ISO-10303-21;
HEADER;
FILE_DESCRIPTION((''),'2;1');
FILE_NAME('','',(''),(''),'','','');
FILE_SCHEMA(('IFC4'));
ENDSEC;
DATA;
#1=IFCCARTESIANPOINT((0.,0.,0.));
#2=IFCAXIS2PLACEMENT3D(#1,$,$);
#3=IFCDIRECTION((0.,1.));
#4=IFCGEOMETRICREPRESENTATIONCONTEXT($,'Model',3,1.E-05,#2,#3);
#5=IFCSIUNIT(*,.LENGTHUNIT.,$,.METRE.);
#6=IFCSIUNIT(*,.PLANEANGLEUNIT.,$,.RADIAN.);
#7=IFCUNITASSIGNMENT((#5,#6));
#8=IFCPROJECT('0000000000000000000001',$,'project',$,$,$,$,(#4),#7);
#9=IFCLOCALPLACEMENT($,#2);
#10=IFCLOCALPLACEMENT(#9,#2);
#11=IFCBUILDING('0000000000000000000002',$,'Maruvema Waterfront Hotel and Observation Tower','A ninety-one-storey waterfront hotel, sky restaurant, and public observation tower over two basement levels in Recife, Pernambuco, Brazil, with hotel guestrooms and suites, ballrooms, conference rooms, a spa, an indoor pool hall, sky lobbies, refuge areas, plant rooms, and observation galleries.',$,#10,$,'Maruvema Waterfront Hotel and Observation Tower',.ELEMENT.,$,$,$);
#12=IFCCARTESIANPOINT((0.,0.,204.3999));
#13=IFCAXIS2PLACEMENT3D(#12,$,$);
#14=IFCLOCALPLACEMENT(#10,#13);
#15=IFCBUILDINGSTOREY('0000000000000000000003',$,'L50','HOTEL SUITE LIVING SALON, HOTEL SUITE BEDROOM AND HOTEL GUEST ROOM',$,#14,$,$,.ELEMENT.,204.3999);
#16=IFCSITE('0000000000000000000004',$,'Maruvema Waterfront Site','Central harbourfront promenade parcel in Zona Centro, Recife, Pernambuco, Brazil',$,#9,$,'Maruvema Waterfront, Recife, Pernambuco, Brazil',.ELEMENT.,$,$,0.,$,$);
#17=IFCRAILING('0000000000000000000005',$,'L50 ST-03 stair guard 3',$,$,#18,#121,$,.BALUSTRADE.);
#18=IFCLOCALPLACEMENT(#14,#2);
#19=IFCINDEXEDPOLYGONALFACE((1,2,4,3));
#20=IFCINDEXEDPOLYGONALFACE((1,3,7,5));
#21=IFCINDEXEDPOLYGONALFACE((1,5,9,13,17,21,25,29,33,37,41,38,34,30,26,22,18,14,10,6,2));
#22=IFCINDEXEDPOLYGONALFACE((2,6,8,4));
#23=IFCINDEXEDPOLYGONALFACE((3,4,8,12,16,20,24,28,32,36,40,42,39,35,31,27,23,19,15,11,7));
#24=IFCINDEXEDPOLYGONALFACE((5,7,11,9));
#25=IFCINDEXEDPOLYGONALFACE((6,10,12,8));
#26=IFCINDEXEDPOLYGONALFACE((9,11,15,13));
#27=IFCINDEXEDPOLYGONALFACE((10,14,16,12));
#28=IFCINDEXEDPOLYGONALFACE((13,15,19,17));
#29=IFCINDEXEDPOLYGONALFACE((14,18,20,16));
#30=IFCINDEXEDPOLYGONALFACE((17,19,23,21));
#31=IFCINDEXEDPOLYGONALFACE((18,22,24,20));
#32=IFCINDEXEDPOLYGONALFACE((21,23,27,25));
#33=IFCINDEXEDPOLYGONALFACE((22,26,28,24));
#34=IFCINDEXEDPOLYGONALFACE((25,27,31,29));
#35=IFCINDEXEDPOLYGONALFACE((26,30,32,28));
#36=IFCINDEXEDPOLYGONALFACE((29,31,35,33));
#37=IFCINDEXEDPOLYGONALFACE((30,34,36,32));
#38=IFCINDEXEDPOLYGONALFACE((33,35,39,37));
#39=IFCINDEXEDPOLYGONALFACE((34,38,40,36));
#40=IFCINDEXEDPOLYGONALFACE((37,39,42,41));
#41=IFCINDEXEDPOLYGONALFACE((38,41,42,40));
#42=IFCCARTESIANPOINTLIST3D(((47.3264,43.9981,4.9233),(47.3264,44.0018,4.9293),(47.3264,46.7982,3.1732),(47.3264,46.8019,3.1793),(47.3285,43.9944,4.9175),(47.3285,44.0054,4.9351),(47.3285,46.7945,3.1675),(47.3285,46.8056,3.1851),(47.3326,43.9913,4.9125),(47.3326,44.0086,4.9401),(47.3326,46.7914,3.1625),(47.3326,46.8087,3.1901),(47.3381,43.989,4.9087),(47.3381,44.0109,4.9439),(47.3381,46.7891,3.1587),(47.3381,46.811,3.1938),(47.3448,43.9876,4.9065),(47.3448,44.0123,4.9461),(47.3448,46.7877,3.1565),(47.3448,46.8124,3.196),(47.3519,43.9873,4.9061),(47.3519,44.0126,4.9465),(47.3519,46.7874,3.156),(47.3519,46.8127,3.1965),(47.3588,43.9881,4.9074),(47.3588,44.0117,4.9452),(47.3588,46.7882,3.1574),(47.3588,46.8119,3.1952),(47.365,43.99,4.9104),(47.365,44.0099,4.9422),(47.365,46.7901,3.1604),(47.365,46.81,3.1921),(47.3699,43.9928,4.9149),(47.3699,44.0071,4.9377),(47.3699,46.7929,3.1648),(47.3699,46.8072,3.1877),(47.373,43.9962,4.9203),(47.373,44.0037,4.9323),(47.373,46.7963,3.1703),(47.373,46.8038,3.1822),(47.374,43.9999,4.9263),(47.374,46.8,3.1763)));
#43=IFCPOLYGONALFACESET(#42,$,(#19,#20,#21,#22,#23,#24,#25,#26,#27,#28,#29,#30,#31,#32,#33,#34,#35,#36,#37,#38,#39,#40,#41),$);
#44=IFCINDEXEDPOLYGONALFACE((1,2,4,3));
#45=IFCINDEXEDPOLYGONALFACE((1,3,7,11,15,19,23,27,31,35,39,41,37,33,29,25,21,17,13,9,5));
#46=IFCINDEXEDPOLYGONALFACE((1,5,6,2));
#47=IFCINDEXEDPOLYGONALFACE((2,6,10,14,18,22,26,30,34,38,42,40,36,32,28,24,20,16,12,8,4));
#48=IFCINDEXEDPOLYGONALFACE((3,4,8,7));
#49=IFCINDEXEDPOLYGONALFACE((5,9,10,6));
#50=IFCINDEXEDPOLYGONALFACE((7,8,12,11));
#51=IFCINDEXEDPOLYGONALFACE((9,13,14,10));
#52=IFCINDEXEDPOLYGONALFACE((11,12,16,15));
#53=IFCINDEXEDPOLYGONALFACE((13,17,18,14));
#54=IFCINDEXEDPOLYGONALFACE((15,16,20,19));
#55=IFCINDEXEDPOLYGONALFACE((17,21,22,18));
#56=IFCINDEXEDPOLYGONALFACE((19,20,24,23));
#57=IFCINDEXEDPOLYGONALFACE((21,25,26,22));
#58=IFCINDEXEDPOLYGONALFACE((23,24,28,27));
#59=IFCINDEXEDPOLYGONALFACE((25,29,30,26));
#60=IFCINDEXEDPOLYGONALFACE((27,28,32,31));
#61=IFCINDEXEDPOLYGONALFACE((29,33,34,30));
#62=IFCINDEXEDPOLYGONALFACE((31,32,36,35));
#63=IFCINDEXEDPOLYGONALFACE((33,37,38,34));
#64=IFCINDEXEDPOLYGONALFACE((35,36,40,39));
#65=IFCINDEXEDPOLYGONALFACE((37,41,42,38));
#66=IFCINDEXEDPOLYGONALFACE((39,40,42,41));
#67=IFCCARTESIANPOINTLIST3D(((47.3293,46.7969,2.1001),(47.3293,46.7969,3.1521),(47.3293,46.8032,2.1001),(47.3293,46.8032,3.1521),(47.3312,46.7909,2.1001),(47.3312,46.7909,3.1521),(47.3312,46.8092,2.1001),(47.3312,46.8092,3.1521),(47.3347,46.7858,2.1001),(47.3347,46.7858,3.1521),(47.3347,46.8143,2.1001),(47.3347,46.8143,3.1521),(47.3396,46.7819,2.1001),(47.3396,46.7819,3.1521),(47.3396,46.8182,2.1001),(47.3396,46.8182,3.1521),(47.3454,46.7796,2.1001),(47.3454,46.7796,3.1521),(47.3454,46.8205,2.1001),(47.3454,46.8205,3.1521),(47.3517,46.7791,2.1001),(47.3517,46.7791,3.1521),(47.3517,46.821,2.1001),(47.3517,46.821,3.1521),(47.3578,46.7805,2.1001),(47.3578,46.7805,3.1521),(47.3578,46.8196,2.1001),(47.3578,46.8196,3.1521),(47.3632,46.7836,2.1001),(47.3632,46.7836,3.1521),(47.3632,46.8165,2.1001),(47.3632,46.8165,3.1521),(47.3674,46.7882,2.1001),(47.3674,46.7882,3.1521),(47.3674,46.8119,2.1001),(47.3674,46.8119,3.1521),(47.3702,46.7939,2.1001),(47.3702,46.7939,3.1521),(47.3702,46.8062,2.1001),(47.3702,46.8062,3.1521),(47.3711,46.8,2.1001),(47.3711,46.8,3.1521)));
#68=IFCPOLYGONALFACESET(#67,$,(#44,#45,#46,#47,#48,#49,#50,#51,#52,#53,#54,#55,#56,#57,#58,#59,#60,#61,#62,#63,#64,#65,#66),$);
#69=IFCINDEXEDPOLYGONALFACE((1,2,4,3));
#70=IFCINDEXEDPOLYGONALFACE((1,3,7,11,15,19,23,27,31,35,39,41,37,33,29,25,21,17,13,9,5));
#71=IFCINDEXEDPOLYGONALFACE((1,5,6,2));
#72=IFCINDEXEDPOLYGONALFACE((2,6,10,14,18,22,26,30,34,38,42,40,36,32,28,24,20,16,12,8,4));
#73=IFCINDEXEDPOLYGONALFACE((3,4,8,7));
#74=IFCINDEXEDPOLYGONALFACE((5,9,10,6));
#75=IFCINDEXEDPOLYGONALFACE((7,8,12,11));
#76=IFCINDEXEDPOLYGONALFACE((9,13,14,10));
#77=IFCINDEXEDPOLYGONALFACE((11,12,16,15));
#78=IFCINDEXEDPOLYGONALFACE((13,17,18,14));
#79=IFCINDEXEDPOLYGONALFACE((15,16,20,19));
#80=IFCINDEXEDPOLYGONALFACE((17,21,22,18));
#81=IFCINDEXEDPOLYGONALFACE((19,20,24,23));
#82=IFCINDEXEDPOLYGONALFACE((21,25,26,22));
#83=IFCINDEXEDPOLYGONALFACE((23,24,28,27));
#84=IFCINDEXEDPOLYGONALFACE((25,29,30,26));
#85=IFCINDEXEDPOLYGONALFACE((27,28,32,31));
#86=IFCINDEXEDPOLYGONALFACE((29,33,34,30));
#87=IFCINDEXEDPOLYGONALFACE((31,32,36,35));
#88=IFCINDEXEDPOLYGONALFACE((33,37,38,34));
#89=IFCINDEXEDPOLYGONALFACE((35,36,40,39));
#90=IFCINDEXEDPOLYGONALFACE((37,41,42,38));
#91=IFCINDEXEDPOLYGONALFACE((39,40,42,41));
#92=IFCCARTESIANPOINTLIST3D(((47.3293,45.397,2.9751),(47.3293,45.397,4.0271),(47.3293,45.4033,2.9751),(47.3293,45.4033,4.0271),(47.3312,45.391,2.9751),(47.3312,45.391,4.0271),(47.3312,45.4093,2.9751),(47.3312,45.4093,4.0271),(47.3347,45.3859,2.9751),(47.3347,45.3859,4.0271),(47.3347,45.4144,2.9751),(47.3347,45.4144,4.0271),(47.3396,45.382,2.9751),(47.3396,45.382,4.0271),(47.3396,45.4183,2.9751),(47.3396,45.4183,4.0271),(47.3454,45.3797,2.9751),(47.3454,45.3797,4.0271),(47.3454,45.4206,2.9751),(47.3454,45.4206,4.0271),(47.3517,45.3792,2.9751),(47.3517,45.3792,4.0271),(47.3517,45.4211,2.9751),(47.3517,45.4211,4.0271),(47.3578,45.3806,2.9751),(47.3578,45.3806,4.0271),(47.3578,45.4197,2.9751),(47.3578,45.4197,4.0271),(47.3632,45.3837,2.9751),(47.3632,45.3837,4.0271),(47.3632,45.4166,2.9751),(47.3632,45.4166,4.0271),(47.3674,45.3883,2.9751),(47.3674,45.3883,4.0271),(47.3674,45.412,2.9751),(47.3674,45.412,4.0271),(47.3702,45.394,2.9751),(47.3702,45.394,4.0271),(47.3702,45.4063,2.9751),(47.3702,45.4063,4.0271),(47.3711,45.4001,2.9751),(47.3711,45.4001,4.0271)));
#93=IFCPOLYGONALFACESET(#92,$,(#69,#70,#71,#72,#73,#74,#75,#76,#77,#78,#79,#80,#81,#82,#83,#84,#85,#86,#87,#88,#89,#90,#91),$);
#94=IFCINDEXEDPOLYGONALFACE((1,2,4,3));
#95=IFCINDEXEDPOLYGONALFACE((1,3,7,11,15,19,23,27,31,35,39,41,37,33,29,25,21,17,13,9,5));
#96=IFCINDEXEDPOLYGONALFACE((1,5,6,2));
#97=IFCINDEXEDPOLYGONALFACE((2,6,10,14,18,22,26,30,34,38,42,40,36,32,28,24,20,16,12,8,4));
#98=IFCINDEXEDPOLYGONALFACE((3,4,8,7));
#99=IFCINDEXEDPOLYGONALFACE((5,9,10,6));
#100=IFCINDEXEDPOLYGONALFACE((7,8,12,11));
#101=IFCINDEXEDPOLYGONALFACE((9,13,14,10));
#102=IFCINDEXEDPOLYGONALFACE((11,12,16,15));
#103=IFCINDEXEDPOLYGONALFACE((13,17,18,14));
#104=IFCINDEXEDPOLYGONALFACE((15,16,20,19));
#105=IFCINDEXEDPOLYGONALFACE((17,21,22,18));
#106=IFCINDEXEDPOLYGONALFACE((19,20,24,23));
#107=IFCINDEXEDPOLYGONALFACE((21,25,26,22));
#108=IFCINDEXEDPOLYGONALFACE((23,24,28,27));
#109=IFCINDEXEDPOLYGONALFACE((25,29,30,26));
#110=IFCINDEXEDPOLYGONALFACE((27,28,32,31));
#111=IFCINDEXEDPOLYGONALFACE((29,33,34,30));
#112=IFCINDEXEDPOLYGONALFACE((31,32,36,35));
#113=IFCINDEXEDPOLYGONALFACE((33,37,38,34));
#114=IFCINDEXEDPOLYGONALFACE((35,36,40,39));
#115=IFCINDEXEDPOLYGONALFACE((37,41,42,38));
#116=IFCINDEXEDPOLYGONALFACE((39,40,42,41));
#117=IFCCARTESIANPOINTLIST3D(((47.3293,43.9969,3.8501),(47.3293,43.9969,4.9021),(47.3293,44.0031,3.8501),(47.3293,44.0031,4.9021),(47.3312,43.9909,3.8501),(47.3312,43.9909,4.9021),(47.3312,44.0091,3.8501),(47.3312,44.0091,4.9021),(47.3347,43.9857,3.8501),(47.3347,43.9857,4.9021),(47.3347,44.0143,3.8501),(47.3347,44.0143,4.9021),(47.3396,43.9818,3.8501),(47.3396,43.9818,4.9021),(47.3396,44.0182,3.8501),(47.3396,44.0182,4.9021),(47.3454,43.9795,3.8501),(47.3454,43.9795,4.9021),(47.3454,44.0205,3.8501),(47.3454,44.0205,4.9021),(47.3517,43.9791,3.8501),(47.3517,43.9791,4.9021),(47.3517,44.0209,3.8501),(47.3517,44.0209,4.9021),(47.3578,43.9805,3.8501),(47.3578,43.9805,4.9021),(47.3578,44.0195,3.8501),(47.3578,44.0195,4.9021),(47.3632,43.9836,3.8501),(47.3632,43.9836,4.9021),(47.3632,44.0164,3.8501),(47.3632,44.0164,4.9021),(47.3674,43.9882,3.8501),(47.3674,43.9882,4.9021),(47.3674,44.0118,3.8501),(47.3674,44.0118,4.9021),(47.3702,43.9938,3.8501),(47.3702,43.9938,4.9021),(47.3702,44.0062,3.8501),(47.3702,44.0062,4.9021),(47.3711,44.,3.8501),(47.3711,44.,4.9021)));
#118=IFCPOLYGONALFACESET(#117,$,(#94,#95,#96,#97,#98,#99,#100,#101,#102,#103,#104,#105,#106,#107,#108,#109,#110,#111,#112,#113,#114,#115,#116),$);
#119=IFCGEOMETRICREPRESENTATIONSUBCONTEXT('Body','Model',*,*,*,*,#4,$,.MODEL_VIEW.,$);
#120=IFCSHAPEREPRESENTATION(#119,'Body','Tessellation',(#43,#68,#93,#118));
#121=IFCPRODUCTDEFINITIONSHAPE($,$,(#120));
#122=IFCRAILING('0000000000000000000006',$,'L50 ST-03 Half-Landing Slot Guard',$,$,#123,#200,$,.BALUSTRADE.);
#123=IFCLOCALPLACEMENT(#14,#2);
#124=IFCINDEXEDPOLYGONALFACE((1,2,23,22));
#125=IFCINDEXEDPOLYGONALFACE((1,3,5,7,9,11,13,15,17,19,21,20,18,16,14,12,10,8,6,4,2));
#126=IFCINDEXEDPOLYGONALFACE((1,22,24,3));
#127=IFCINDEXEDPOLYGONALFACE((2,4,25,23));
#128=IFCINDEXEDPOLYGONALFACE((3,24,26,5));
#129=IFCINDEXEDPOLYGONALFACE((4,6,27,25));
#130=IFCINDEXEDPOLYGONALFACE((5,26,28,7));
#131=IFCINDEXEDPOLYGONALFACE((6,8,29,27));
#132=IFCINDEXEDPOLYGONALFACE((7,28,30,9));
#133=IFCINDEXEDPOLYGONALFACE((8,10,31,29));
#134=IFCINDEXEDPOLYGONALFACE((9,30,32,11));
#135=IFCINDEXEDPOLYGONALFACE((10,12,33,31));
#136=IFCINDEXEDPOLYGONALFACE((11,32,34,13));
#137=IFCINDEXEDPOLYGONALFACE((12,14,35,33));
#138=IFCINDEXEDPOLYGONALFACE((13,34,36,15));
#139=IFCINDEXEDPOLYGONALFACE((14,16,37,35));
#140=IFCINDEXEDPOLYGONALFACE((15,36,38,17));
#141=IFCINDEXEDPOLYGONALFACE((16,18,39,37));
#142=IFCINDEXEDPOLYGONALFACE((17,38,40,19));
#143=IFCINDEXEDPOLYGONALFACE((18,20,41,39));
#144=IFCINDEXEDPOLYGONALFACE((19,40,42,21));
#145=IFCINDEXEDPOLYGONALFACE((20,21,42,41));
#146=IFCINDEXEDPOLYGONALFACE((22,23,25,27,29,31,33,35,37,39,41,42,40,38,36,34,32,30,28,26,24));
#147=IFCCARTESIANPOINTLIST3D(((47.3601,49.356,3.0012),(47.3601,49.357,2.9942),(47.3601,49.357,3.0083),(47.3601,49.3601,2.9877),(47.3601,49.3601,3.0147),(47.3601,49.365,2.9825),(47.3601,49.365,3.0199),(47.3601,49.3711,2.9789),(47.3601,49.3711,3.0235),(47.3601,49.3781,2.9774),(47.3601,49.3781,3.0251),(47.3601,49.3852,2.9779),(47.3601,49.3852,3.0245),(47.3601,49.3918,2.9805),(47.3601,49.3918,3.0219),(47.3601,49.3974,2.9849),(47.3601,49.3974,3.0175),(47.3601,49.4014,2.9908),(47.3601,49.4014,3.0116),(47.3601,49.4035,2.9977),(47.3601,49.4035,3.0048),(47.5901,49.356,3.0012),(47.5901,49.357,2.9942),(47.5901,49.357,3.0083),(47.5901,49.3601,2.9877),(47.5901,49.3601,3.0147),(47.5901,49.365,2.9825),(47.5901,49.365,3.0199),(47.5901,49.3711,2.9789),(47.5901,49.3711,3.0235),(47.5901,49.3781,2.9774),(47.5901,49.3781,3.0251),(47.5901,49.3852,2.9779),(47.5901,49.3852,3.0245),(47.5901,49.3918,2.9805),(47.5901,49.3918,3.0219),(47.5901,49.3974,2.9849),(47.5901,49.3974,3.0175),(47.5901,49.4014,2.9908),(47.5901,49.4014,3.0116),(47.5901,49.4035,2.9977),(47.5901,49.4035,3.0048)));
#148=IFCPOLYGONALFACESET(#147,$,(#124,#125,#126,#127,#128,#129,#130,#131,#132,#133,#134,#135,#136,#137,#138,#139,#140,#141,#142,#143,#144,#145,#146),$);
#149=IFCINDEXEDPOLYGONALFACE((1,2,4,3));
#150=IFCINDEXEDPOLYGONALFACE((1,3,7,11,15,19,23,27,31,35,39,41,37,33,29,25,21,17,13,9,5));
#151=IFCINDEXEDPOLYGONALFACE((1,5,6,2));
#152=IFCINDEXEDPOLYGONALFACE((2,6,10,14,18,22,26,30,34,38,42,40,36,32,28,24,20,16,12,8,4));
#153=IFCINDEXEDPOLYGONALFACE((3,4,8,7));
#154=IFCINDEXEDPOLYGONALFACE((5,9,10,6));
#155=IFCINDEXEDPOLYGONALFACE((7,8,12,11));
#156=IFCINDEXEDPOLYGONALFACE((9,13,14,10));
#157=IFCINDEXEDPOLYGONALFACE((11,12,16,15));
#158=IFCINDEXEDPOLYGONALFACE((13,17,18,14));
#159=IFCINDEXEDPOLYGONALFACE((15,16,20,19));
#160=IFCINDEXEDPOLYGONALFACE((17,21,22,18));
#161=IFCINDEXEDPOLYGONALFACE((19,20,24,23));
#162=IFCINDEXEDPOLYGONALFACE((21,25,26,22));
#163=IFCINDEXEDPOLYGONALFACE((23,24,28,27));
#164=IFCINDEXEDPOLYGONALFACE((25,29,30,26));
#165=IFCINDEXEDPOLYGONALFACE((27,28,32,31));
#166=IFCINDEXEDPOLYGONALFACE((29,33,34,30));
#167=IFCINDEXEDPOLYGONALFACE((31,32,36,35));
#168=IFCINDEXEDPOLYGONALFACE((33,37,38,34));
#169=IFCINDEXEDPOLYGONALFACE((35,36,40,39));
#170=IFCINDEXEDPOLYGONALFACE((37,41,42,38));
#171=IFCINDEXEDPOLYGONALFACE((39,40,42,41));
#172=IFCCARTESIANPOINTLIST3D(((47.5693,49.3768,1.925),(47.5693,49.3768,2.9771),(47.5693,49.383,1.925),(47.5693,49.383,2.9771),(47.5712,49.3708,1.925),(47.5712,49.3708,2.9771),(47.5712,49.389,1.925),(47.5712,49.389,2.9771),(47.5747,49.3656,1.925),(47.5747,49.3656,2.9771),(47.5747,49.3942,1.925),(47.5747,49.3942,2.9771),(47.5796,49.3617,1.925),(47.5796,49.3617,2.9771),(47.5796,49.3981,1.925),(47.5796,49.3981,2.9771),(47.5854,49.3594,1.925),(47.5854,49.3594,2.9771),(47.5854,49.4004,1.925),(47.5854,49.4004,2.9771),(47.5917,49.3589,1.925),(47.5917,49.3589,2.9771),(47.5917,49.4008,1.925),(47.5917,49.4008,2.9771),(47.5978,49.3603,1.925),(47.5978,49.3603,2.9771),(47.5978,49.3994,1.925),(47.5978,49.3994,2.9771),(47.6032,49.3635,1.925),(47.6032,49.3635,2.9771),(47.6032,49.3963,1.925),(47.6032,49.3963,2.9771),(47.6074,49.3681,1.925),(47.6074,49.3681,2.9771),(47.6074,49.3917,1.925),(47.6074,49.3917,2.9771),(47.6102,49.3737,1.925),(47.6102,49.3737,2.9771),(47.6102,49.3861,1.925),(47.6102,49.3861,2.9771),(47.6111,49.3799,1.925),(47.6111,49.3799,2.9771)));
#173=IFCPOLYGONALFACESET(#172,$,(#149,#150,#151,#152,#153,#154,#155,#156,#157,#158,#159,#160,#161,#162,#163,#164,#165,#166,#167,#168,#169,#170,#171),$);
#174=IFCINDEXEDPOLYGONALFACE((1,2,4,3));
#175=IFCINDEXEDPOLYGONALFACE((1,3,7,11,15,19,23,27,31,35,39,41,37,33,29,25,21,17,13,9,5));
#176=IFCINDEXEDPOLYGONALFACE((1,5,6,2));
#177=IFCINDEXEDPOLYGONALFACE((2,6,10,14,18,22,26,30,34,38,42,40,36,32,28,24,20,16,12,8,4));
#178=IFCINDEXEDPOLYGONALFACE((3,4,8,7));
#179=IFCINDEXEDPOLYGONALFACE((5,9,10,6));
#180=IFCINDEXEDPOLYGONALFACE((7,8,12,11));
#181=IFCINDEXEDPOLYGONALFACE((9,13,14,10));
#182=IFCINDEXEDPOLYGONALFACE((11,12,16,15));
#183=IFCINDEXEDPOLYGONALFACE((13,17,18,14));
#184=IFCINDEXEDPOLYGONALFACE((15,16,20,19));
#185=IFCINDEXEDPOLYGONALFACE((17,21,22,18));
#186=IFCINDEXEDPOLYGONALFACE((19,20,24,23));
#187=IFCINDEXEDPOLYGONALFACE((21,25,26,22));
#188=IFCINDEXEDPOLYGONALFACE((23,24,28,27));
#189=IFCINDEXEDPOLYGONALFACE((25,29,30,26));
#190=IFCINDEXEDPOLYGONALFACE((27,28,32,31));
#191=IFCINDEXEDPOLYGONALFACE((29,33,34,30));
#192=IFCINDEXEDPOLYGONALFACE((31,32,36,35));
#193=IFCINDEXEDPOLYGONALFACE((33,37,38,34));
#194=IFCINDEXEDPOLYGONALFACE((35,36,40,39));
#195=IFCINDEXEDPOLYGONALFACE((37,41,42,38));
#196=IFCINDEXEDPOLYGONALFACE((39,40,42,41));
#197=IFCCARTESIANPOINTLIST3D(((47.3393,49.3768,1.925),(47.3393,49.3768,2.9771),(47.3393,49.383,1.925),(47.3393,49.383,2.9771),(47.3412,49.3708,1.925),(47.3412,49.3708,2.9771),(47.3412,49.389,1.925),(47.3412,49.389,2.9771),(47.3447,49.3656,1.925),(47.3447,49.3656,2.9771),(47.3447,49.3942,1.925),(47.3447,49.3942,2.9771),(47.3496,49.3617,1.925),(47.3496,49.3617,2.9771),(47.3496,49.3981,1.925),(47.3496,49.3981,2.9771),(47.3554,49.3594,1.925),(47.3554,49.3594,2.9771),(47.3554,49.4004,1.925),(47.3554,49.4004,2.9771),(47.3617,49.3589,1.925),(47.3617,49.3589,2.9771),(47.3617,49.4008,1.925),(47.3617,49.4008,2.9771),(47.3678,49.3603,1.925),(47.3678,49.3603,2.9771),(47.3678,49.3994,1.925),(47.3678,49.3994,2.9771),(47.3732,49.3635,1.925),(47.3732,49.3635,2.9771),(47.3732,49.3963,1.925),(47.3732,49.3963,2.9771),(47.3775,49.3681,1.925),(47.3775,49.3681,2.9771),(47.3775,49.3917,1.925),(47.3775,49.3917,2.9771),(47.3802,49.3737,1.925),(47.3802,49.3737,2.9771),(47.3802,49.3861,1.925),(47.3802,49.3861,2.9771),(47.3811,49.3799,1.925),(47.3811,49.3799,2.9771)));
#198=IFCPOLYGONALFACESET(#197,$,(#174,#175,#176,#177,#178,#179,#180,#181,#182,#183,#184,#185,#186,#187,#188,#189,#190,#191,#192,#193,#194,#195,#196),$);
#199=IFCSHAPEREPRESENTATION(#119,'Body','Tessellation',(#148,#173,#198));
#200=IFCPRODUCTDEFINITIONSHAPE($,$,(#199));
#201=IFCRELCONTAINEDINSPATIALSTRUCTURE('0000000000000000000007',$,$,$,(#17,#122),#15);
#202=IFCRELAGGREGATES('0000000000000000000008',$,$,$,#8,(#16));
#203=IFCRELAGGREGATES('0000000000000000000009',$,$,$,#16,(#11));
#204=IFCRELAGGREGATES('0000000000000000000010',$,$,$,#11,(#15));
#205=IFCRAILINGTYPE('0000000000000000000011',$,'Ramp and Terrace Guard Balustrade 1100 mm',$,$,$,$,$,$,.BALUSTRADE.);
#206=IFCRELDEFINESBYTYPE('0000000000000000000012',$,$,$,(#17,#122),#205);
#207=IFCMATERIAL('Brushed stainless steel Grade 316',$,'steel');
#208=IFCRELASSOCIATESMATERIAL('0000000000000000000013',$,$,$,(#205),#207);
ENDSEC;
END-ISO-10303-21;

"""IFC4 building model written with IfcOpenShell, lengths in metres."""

from ifc_helpers import new_model, si_unit, direction, frame, origin, origin_2d, place, context, subcontext, project, spatial, circle, extrude, material, type_object, element, save


model = new_model("IFC4")

# Units and contexts
model_context = context("Model", 3, precision=1e-05, world=origin(), true_north=direction((0.0, 1.0)))
body_context = subcontext(model_context, "Body", "Model", "MODEL_VIEW")
ifc_project = project(units=[si_unit("LENGTHUNIT", "METRE"), si_unit("PLANEANGLEUNIT", "RADIAN")], contexts=[model_context])

# Site, building, storey
site_placement = place(None, origin())
site = spatial("IfcSite", under=ifc_project, at=site_placement, Name="Maruvema Waterfront Site", Description="Central harbourfront promenade parcel in Zona Centro, Recife, Pernambuco, Brazil", LongName="Maruvema Waterfront, Recife, Pernambuco, Brazil", CompositionType="ELEMENT", RefElevation=0.0)
building_placement = place(site_placement, origin())
building = spatial("IfcBuilding", under=site, at=building_placement, Name="Maruvema Waterfront Hotel and Observation Tower", Description="A ninety-one-storey waterfront hotel, sky restaurant, and public observation tower over two basement levels in Recife, Pernambuco, Brazil, with hotel guestrooms and suites, ballrooms, conference rooms, a spa, an indoor pool hall, sky lobbies, refuge areas, plant rooms, and observation galleries.", LongName="Maruvema Waterfront Hotel and Observation Tower", CompositionType="ELEMENT")
storey_placement = place(building_placement, frame((0.0, 0.0, 204.3999)))
storey = spatial("IfcBuildingStorey", under=building, at=storey_placement, Name="L50", Description="HOTEL SUITE LIVING SALON, HOTEL SUITE BEDROOM AND HOTEL GUEST ROOM", CompositionType="ELEMENT", Elevation=204.3999)

# Railings
ifc_material_1 = material(Name="Brushed stainless steel Grade 316", Category="steel")
railing_type_1 = type_object("IfcRailingType", Name="Ramp and Terrace Guard Balustrade 1100 mm", PredefinedType="BALUSTRADE", material=ifc_material_1)
railing_1_placement = place(storey_placement, frame((47.3501, 46.8, 2.1001)))
element("IfcRailing", 1, at=railing_1_placement, inside=storey, type_object=railing_type_1, Name="L50 ST-03 stair guard 3", PredefinedType="BALUSTRADE", context=body_context, shape_type="SweptSolid", body=[
    extrude(circle(Radius=0.0239, at=origin_2d()), frame((0.0, 0.0, 1.0762), z_axis=(0.0, -0.848002, 0.529992), x_axis=(1.0, 0.0, 0.0)), (0.0, 0.0, 1.0), 3.302),
    extrude(circle(Radius=0.021, at=origin_2d()), origin(), (0.0, 0.0, 1.0), 1.052),
    extrude(circle(Radius=0.021, at=origin_2d()), frame((0.0, -1.3999, 0.875)), (0.0, 0.0, 1.0), 1.052),
    extrude(circle(Radius=0.021, at=origin_2d()), frame((0.0, -2.8, 1.75)), (0.0, 0.0, 1.0), 1.052),
])
railing_2_placement = place(storey_placement, frame((47.5901, 49.3799, 1.925)))
element("IfcRailing", 2, at=railing_2_placement, inside=storey, type_object=railing_type_1, Name="L50 ST-03 Half-Landing Slot Guard", PredefinedType="BALUSTRADE", context=body_context, shape_type="SweptSolid", body=[
    extrude(circle(Radius=0.0239, at=origin_2d()), frame((0.0, 0.0, 1.0762), z_axis=(-1.0, 0.0, 0.0), x_axis=(0.0, -1.0, 0.0)), (0.0, 0.0, 1.0), 0.23),
    extrude(circle(Radius=0.021, at=origin_2d()), origin(), (0.0, 0.0, 1.0), 1.052),
    extrude(circle(Radius=0.021, at=origin_2d()), frame((-0.23, 0.0, 0.0)), (0.0, 0.0, 1.0), 1.052),
])

save(model, "model.ifc")
